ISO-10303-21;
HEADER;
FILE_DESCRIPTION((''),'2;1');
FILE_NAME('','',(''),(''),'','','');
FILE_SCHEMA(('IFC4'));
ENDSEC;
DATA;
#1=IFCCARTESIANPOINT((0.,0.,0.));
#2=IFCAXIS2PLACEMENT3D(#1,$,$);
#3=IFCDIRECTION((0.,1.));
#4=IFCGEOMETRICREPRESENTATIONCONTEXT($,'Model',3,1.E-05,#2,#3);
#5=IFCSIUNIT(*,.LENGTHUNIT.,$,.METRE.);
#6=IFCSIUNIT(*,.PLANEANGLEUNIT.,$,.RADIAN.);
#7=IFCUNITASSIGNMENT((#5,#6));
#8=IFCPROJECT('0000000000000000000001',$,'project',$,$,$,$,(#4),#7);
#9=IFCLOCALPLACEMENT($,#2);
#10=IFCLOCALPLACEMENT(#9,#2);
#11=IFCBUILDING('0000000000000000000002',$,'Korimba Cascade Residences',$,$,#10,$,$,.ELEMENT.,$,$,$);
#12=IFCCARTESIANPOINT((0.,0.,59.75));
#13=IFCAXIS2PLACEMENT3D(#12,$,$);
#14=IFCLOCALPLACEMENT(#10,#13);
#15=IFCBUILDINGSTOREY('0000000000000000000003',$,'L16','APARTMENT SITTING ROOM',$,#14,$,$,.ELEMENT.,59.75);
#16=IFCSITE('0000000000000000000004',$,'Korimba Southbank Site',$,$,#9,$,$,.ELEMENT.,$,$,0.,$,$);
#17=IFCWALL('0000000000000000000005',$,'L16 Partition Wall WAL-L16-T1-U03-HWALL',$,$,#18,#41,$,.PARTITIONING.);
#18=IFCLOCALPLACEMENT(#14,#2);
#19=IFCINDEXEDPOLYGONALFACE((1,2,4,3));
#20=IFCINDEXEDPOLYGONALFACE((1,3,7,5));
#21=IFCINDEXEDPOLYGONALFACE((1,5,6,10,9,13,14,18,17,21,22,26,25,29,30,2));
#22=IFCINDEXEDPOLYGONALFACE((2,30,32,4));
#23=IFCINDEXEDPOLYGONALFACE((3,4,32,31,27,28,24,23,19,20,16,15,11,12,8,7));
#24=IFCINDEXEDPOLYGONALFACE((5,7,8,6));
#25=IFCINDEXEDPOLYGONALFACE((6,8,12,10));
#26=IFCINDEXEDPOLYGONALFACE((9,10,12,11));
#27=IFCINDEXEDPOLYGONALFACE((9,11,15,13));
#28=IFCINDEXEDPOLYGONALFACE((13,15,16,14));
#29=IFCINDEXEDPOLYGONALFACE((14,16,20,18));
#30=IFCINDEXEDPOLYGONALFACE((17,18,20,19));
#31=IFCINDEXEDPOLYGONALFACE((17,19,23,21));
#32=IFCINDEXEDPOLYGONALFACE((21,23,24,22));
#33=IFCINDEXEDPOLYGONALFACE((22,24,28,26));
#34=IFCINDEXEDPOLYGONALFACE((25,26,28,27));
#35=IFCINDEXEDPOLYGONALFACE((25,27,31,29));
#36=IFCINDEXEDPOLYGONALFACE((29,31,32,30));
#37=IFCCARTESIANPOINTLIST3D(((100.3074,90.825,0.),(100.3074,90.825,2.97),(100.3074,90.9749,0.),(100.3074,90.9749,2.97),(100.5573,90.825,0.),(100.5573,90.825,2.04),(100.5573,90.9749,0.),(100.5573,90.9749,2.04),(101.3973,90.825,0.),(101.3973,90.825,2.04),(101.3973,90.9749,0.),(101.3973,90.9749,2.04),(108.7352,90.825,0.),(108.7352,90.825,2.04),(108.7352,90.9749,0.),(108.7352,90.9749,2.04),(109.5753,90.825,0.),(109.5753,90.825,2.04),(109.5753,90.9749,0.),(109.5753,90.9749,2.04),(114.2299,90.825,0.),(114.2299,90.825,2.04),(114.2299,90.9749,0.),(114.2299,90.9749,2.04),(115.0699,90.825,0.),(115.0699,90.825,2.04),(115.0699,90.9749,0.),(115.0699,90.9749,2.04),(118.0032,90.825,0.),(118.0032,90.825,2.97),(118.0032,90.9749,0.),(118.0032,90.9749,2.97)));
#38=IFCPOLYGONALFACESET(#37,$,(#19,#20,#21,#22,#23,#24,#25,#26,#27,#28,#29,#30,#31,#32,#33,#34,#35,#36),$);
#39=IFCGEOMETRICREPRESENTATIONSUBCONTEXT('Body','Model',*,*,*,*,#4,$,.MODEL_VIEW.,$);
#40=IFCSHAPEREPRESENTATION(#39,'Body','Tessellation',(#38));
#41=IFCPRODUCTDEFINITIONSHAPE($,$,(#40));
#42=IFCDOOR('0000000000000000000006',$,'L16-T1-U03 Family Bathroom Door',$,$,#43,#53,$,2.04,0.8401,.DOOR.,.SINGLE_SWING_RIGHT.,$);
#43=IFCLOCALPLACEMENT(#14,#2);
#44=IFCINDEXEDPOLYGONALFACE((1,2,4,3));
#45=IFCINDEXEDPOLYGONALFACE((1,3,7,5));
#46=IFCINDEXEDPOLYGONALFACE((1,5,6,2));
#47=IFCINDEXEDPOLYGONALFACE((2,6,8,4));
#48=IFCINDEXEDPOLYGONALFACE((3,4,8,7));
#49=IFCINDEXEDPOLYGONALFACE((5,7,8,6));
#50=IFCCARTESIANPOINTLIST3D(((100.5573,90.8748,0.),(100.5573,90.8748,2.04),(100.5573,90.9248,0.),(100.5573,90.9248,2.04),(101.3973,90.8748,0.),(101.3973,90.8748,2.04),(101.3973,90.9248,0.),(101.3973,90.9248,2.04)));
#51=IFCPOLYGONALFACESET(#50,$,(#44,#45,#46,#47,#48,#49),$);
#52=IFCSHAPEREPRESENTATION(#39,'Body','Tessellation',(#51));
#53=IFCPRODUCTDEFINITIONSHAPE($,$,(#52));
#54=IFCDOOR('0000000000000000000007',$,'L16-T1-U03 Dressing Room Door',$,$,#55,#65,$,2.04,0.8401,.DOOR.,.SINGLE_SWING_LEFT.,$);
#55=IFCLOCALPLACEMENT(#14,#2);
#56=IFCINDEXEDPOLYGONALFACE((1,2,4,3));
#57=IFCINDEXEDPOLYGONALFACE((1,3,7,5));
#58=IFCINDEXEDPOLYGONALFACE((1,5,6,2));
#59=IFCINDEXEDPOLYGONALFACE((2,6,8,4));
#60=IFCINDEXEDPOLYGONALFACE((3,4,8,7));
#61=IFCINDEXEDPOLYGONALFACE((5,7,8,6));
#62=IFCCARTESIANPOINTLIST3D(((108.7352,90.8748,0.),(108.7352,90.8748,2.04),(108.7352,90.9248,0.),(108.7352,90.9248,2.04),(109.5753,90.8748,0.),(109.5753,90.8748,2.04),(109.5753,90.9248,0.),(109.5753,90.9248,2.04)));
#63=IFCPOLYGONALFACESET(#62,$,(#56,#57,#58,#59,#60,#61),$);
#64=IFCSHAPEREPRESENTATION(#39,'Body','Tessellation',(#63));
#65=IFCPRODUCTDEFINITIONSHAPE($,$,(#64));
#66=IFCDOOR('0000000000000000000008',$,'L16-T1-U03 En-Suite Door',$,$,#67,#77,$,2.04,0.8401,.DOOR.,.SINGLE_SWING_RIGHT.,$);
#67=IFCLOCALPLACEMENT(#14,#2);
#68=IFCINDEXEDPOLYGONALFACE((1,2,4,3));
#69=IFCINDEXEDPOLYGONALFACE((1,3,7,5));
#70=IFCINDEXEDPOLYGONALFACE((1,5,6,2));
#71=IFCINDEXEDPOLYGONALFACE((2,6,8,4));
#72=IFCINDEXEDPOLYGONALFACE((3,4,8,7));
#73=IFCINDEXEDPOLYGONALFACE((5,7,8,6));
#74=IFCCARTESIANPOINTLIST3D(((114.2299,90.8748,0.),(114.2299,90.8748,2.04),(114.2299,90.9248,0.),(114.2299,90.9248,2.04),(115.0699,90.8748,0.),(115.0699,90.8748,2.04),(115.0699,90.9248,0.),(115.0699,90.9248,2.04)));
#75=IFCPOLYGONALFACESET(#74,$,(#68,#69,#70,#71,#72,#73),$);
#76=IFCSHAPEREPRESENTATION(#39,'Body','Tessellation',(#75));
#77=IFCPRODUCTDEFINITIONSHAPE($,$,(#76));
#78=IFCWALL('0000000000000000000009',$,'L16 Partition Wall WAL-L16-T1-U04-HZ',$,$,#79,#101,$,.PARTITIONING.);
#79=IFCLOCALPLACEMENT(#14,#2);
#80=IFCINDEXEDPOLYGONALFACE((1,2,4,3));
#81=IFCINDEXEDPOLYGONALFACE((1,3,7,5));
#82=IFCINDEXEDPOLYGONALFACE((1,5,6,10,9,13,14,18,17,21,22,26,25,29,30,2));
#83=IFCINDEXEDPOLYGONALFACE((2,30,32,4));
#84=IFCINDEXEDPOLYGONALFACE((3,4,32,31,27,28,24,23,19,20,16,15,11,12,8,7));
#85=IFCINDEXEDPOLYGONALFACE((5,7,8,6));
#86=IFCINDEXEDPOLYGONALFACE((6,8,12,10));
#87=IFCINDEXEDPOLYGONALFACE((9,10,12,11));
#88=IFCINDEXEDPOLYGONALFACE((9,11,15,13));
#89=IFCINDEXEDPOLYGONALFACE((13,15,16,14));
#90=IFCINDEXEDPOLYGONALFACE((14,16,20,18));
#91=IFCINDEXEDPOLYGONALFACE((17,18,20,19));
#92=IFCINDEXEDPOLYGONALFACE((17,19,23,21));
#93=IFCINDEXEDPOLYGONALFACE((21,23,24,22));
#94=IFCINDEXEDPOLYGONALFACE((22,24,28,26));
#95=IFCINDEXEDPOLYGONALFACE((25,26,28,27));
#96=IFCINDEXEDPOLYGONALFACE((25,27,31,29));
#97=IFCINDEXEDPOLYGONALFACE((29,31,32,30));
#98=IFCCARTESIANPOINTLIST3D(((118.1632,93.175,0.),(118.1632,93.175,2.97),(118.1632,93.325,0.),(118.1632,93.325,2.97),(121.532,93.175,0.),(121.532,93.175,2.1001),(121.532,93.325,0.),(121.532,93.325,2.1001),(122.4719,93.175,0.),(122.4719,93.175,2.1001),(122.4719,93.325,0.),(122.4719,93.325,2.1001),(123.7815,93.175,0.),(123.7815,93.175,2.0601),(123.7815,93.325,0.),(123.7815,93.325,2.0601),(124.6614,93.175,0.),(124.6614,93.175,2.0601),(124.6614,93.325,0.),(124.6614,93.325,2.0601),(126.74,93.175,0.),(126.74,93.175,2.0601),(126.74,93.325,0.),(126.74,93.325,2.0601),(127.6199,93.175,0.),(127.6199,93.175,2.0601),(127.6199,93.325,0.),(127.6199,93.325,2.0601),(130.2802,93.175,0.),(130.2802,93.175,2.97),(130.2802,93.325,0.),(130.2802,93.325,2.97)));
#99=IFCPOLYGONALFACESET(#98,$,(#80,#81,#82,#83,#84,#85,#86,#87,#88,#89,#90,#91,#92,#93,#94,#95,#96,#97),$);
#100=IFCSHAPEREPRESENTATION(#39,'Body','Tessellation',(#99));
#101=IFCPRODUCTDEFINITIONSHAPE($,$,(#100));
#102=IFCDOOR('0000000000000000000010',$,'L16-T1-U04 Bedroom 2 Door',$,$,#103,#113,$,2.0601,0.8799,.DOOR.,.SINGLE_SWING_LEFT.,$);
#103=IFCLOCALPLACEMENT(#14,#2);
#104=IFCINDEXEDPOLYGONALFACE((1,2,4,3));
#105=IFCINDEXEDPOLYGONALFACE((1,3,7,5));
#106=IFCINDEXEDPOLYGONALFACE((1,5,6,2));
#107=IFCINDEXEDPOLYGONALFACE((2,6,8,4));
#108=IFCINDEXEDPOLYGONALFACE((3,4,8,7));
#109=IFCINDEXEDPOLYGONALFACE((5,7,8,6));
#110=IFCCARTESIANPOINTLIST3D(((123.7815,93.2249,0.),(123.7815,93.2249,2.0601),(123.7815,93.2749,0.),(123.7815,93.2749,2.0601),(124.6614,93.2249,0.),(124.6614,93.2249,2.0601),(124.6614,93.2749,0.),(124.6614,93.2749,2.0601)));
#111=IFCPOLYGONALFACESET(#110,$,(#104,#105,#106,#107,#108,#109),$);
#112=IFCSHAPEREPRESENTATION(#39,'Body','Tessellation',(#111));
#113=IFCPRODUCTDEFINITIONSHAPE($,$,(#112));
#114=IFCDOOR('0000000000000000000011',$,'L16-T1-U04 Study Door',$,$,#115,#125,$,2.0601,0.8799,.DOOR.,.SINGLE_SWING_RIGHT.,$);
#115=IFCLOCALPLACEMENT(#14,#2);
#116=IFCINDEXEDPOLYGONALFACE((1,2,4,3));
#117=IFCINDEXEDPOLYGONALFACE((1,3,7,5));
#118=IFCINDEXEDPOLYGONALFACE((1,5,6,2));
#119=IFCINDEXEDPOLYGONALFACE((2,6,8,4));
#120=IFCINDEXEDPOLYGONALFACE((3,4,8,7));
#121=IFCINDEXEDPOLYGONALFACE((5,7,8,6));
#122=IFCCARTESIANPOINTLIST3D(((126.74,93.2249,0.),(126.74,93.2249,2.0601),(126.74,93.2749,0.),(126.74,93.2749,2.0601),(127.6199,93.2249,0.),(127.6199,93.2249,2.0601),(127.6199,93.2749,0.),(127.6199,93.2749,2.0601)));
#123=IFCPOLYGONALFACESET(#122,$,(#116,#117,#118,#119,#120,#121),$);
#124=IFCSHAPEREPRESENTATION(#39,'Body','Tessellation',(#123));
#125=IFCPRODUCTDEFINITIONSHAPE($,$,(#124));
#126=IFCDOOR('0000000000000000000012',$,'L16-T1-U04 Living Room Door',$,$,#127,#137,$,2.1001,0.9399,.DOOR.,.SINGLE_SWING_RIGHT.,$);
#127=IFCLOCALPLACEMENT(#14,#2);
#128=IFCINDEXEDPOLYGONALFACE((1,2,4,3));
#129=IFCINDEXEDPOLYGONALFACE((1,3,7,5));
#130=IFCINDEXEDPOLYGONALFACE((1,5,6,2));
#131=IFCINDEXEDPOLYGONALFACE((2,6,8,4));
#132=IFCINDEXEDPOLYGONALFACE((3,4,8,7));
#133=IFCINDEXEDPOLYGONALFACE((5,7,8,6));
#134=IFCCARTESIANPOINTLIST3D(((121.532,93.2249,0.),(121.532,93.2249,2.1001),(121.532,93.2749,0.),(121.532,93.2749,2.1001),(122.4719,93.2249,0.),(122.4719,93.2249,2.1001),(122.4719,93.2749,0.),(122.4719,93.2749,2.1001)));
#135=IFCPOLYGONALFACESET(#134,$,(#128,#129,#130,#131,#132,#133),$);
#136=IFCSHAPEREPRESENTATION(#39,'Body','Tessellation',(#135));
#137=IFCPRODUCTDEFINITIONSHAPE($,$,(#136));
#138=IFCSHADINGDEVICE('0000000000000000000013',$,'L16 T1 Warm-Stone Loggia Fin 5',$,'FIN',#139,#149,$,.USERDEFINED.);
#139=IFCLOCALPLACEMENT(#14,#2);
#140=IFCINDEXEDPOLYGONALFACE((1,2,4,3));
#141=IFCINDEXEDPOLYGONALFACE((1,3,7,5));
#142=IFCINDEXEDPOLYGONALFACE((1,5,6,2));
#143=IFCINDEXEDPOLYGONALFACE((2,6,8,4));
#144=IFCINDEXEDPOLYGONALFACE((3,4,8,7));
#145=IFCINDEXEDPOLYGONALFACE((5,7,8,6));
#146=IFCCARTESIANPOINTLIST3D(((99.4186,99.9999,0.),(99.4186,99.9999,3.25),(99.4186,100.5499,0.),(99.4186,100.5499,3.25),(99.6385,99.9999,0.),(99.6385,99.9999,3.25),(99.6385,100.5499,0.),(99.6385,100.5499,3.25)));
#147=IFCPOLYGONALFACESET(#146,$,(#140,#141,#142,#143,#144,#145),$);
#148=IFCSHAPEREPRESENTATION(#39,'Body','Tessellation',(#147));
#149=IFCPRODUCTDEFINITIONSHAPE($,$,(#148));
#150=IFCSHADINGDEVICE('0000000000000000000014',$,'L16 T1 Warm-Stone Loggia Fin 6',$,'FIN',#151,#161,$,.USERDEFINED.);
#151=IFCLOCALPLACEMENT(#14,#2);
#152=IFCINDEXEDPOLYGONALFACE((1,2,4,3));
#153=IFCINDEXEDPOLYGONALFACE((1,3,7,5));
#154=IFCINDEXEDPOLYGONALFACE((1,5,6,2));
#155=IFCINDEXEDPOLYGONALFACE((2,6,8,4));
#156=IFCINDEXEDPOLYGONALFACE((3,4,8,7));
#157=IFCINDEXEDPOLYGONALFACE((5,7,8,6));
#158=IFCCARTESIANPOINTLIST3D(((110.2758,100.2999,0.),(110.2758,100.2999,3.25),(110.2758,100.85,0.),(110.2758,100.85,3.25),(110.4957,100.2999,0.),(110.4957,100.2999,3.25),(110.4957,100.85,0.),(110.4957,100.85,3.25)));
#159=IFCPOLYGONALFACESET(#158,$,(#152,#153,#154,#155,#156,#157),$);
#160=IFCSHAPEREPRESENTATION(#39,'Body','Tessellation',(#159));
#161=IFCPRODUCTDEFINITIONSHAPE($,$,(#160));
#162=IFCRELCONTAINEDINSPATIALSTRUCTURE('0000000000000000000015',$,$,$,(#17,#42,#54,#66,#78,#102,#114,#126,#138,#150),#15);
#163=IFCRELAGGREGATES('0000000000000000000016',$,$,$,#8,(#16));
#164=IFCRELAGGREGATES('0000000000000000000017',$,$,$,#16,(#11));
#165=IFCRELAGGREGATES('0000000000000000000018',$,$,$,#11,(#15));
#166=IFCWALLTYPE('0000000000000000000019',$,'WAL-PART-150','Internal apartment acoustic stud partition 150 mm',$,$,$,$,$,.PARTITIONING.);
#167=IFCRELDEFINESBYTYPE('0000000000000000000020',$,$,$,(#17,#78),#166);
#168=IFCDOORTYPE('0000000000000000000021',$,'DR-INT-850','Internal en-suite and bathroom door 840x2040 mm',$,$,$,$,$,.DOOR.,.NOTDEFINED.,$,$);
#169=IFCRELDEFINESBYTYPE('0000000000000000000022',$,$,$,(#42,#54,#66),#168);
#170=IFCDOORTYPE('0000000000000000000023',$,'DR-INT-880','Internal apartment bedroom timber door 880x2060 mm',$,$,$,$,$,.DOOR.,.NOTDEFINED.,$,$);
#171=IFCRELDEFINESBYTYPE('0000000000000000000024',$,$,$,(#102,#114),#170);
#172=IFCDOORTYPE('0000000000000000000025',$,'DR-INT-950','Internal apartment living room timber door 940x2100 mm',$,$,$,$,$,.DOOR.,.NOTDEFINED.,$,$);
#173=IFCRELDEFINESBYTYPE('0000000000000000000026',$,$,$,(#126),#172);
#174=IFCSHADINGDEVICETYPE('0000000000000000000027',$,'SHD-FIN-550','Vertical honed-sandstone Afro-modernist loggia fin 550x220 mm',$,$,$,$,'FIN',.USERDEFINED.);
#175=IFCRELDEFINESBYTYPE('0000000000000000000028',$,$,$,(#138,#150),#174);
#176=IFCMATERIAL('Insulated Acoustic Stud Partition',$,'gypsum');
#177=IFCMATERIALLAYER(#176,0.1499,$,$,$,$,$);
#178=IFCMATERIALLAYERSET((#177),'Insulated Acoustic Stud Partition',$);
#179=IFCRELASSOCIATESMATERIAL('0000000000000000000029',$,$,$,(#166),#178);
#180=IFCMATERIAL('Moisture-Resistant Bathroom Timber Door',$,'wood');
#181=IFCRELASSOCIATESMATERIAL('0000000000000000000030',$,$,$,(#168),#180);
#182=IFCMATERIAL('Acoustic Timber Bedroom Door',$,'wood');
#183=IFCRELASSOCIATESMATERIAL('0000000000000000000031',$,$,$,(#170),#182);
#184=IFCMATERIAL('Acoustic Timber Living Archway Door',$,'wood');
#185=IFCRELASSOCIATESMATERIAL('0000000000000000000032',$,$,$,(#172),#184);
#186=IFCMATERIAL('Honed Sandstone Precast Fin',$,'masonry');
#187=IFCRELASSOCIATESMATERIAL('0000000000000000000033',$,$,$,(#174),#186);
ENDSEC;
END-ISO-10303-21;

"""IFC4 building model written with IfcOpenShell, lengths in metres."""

from ifc_helpers import new_model, si_unit, direction, frame, frame_2d, origin, origin_2d, place, context, subcontext, project, spatial, rectangle, extrude, material, layer, layer_set, type_object, element, fill, save


model = new_model("IFC4")

# Units and contexts
model_context = context("Model", 3, precision=1e-05, world=origin(), true_north=direction((0.0, 1.0)))
body_context = subcontext(model_context, "Body", "Model", "MODEL_VIEW")
ifc_project = project(units=[si_unit("LENGTHUNIT", "METRE"), si_unit("PLANEANGLEUNIT", "RADIAN")], contexts=[model_context])

# Site, building, storey
site_placement = place(None, origin())
site = spatial("IfcSite", under=ifc_project, at=site_placement, Name="Korimba Southbank Site", CompositionType="ELEMENT", RefElevation=0.0)
building_placement = place(site_placement, origin())
building = spatial("IfcBuilding", under=site, at=building_placement, Name="Korimba Cascade Residences", CompositionType="ELEMENT")
storey_placement = place(building_placement, frame((0.0, 0.0, 59.75)))
storey = spatial("IfcBuildingStorey", under=building, at=storey_placement, Name="L16", Description="APARTMENT SITTING ROOM", CompositionType="ELEMENT", Elevation=59.75)

# Shared definitions
ifc_material_1 = material(Name="Insulated Acoustic Stud Partition", Category="gypsum")
ifc_layer = layer(ifc_material_1, 0.1499)
ifc_layer_set = layer_set([ifc_layer], Name="Insulated Acoustic Stud Partition")
wall_type = type_object("IfcWallType", Name="WAL-PART-150", Description="Internal apartment acoustic stud partition 150 mm", PredefinedType="PARTITIONING", material=ifc_layer_set)

# Walls, openings, doors
wall_1_placement = place(storey_placement, frame((100.3074, 90.8999, 0.0), z_axis=(0.0, 0.0, 1.0), x_axis=(1.0, 0.0, 0.0)))
wall_1 = element("IfcWall", 1, at=wall_1_placement, inside=storey, type_object=wall_type, Name="L16 Partition Wall WAL-L16-T1-U03-HWALL", PredefinedType="PARTITIONING", context=body_context, shape_type="SweptSolid", body=[
    extrude(rectangle(XDim=17.6958, YDim=0.1499, at=frame_2d((8.8479, 0.0))), origin(), (0.0, 0.0, 1.0), 2.97),
])
opening_1_placement = place(wall_1_placement, frame((0.25, 0.0, 0.0)))
opening_1 = element("IfcOpeningElement", 2, at=opening_1_placement, cuts=wall_1, PredefinedType="OPENING", context=body_context, shape_type="SweptSolid", body=[
    extrude(rectangle(XDim=0.8401, YDim=2.04, at=frame_2d((0.4199, 1.02))), frame((0.0, 0.085, 0.0), z_axis=(0.0, -1.0, 0.0), x_axis=(1.0, 0.0, 0.0)), (0.0, 0.0, 1.0), 0.1699),
])
opening_2_placement = place(wall_1_placement, frame((8.428, 0.0, 0.0)))
opening_2 = element("IfcOpeningElement", 3, at=opening_2_placement, cuts=wall_1, PredefinedType="OPENING", context=body_context, shape_type="SweptSolid", body=[
    extrude(rectangle(XDim=0.8401, YDim=2.04, at=frame_2d((0.4199, 1.02))), frame((0.0, 0.085, 0.0), z_axis=(0.0, -1.0, 0.0), x_axis=(1.0, 0.0, 0.0)), (0.0, 0.0, 1.0), 0.1699),
])
opening_3_placement = place(wall_1_placement, frame((13.9226, 0.0, 0.0)))
opening_3 = element("IfcOpeningElement", 4, at=opening_3_placement, cuts=wall_1, PredefinedType="OPENING", context=body_context, shape_type="SweptSolid", body=[
    extrude(rectangle(XDim=0.8401, YDim=2.04, at=frame_2d((0.4199, 1.02))), frame((0.0, 0.085, 0.0), z_axis=(0.0, -1.0, 0.0), x_axis=(1.0, 0.0, 0.0)), (0.0, 0.0, 1.0), 0.1699),
])
ifc_material_2 = material(Name="Moisture-Resistant Bathroom Timber Door", Category="wood")
door_type_1 = type_object("IfcDoorType", Name="DR-INT-850", Description="Internal en-suite and bathroom door 840x2040 mm", OperationType="NOTDEFINED", PredefinedType="DOOR", material=ifc_material_2)
door_1_placement = place(opening_1_placement, origin())
door_1 = element("IfcDoor", 5, at=door_1_placement, inside=storey, type_object=door_type_1, Name="L16-T1-U03 Family Bathroom Door", OperationType="SINGLE_SWING_RIGHT", OverallHeight=2.04, OverallWidth=0.8401, PredefinedType="DOOR", context=body_context, shape_type="SweptSolid", body=[
    extrude(rectangle(XDim=0.8401, YDim=2.04, at=frame_2d((0.4199, 1.02))), frame((0.0, 0.0249, 0.0), z_axis=(0.0, -1.0, 0.0), x_axis=(1.0, 0.0, 0.0)), (0.0, 0.0, 1.0), 0.05),
])
fill(opening_1, door_1)
door_2_placement = place(opening_2_placement, origin())
door_2 = element("IfcDoor", 6, at=door_2_placement, inside=storey, type_object=door_type_1, Name="L16-T1-U03 Dressing Room Door", OperationType="SINGLE_SWING_LEFT", OverallHeight=2.04, OverallWidth=0.8401, PredefinedType="DOOR", context=body_context, shape_type="SweptSolid", body=[
    extrude(rectangle(XDim=0.8401, YDim=2.04, at=frame_2d((0.4199, 1.02))), frame((0.0, 0.0249, 0.0), z_axis=(0.0, -1.0, 0.0), x_axis=(1.0, 0.0, 0.0)), (0.0, 0.0, 1.0), 0.05),
])
fill(opening_2, door_2)
door_3_placement = place(opening_3_placement, origin())
door_3 = element("IfcDoor", 7, at=door_3_placement, inside=storey, type_object=door_type_1, Name="L16-T1-U03 En-Suite Door", OperationType="SINGLE_SWING_RIGHT", OverallHeight=2.04, OverallWidth=0.8401, PredefinedType="DOOR", context=body_context, shape_type="SweptSolid", body=[
    extrude(rectangle(XDim=0.8401, YDim=2.04, at=frame_2d((0.4199, 1.02))), frame((0.0, 0.0249, 0.0), z_axis=(0.0, -1.0, 0.0), x_axis=(1.0, 0.0, 0.0)), (0.0, 0.0, 1.0), 0.05),
])
fill(opening_3, door_3)
wall_2_placement = place(storey_placement, frame((118.1631, 93.25, 0.0), z_axis=(0.0, 0.0, 1.0), x_axis=(1.0, 0.0, 0.0)))
wall_2 = element("IfcWall", 8, at=wall_2_placement, inside=storey, type_object=wall_type, Name="L16 Partition Wall WAL-L16-T1-U04-HZ", PredefinedType="PARTITIONING", context=body_context, shape_type="SweptSolid", body=[
    extrude(rectangle(XDim=12.1169, YDim=0.1499, at=frame_2d((6.0586, 0.0))), origin(), (0.0, 0.0, 1.0), 2.97),
])
opening_4_placement = place(wall_2_placement, frame((3.3689, 0.0, 0.0)))
opening_4 = element("IfcOpeningElement", 9, at=opening_4_placement, cuts=wall_2, PredefinedType="OPENING", context=body_context, shape_type="SweptSolid", body=[
    extrude(rectangle(XDim=0.9399, YDim=2.1001, at=frame_2d((0.47, 1.05))), frame((0.0, 0.085, 0.0), z_axis=(0.0, -1.0, 0.0), x_axis=(1.0, 0.0, 0.0)), (0.0, 0.0, 1.0), 0.1699),
])
opening_5_placement = place(wall_2_placement, frame((5.6184, 0.0, 0.0)))
opening_5 = element("IfcOpeningElement", 10, at=opening_5_placement, cuts=wall_2, PredefinedType="OPENING", context=body_context, shape_type="SweptSolid", body=[
    extrude(rectangle(XDim=0.8799, YDim=2.0601, at=frame_2d((0.4399, 1.03))), frame((0.0, 0.085, 0.0), z_axis=(0.0, -1.0, 0.0), x_axis=(1.0, 0.0, 0.0)), (0.0, 0.0, 1.0), 0.1699),
])
opening_6_placement = place(wall_2_placement, frame((8.5769, 0.0, 0.0)))
opening_6 = element("IfcOpeningElement", 11, at=opening_6_placement, cuts=wall_2, PredefinedType="OPENING", context=body_context, shape_type="SweptSolid", body=[
    extrude(rectangle(XDim=0.8799, YDim=2.0601, at=frame_2d((0.4399, 1.03))), frame((0.0, 0.085, 0.0), z_axis=(0.0, -1.0, 0.0), x_axis=(1.0, 0.0, 0.0)), (0.0, 0.0, 1.0), 0.1699),
])
ifc_material_3 = material(Name="Acoustic Timber Bedroom Door", Category="wood")
door_type_2 = type_object("IfcDoorType", Name="DR-INT-880", Description="Internal apartment bedroom timber door 880x2060 mm", OperationType="NOTDEFINED", PredefinedType="DOOR", material=ifc_material_3)
door_4_placement = place(opening_5_placement, origin())
door_4 = element("IfcDoor", 12, at=door_4_placement, inside=storey, type_object=door_type_2, Name="L16-T1-U04 Bedroom 2 Door", OperationType="SINGLE_SWING_LEFT", OverallHeight=2.0601, OverallWidth=0.8799, PredefinedType="DOOR", context=body_context, shape_type="SweptSolid", body=[
    extrude(rectangle(XDim=0.8799, YDim=2.0601, at=frame_2d((0.4399, 1.03))), frame((0.0, 0.0249, 0.0), z_axis=(0.0, -1.0, 0.0), x_axis=(1.0, 0.0, 0.0)), (0.0, 0.0, 1.0), 0.05),
])
fill(opening_5, door_4)
door_5_placement = place(opening_6_placement, origin())
door_5 = element("IfcDoor", 13, at=door_5_placement, inside=storey, type_object=door_type_2, Name="L16-T1-U04 Study Door", OperationType="SINGLE_SWING_RIGHT", OverallHeight=2.0601, OverallWidth=0.8799, PredefinedType="DOOR", context=body_context, shape_type="SweptSolid", body=[
    extrude(rectangle(XDim=0.8799, YDim=2.0601, at=frame_2d((0.4399, 1.03))), frame((0.0, 0.0249, 0.0), z_axis=(0.0, -1.0, 0.0), x_axis=(1.0, 0.0, 0.0)), (0.0, 0.0, 1.0), 0.05),
])
fill(opening_6, door_5)
ifc_material_4 = material(Name="Acoustic Timber Living Archway Door", Category="wood")
door_type_3 = type_object("IfcDoorType", Name="DR-INT-950", Description="Internal apartment living room timber door 940x2100 mm", OperationType="NOTDEFINED", PredefinedType="DOOR", material=ifc_material_4)
door_6_placement = place(opening_4_placement, origin())
door_6 = element("IfcDoor", 14, at=door_6_placement, inside=storey, type_object=door_type_3, Name="L16-T1-U04 Living Room Door", OperationType="SINGLE_SWING_RIGHT", OverallHeight=2.1001, OverallWidth=0.9399, PredefinedType="DOOR", context=body_context, shape_type="SweptSolid", body=[
    extrude(rectangle(XDim=0.9399, YDim=2.1001, at=frame_2d((0.47, 1.05))), frame((0.0, 0.0249, 0.0), z_axis=(0.0, -1.0, 0.0), x_axis=(1.0, 0.0, 0.0)), (0.0, 0.0, 1.0), 0.05),
])
fill(opening_4, door_6)

# Shading devices
ifc_material_5 = material(Name="Honed Sandstone Precast Fin", Category="masonry")
shading_device_type = type_object("IfcShadingDeviceType", Name="SHD-FIN-550", Description="Vertical honed-sandstone Afro-modernist loggia fin 550x220 mm", ElementType="FIN", PredefinedType="USERDEFINED", material=ifc_material_5)
for number, where, z_axis, x_axis, name in (
    (15, (99.5286, 100.2749, 0.0), (0.0, 0.0, 1.0), (1.0, 0.0, 0.0), "L16 T1 Warm-Stone Loggia Fin 5"),
    (16, (110.3857, 100.575, 0.0), (0.0, 0.0, 1.0), (1.0, 0.0, 0.0), "L16 T1 Warm-Stone Loggia Fin 6"),
):
    element("IfcShadingDevice", number, at=place(storey_placement, frame(where, z_axis=z_axis, x_axis=x_axis)), inside=storey, type_object=shading_device_type, Name=name, ObjectType="FIN", PredefinedType="USERDEFINED", context=body_context, shape_type="SweptSolid", body=[
        extrude(rectangle(XDim=0.22, YDim=0.55, at=origin_2d()), origin(), (0.0, 0.0, 1.0), 3.25),
    ])

save(model, "model.ifc")
